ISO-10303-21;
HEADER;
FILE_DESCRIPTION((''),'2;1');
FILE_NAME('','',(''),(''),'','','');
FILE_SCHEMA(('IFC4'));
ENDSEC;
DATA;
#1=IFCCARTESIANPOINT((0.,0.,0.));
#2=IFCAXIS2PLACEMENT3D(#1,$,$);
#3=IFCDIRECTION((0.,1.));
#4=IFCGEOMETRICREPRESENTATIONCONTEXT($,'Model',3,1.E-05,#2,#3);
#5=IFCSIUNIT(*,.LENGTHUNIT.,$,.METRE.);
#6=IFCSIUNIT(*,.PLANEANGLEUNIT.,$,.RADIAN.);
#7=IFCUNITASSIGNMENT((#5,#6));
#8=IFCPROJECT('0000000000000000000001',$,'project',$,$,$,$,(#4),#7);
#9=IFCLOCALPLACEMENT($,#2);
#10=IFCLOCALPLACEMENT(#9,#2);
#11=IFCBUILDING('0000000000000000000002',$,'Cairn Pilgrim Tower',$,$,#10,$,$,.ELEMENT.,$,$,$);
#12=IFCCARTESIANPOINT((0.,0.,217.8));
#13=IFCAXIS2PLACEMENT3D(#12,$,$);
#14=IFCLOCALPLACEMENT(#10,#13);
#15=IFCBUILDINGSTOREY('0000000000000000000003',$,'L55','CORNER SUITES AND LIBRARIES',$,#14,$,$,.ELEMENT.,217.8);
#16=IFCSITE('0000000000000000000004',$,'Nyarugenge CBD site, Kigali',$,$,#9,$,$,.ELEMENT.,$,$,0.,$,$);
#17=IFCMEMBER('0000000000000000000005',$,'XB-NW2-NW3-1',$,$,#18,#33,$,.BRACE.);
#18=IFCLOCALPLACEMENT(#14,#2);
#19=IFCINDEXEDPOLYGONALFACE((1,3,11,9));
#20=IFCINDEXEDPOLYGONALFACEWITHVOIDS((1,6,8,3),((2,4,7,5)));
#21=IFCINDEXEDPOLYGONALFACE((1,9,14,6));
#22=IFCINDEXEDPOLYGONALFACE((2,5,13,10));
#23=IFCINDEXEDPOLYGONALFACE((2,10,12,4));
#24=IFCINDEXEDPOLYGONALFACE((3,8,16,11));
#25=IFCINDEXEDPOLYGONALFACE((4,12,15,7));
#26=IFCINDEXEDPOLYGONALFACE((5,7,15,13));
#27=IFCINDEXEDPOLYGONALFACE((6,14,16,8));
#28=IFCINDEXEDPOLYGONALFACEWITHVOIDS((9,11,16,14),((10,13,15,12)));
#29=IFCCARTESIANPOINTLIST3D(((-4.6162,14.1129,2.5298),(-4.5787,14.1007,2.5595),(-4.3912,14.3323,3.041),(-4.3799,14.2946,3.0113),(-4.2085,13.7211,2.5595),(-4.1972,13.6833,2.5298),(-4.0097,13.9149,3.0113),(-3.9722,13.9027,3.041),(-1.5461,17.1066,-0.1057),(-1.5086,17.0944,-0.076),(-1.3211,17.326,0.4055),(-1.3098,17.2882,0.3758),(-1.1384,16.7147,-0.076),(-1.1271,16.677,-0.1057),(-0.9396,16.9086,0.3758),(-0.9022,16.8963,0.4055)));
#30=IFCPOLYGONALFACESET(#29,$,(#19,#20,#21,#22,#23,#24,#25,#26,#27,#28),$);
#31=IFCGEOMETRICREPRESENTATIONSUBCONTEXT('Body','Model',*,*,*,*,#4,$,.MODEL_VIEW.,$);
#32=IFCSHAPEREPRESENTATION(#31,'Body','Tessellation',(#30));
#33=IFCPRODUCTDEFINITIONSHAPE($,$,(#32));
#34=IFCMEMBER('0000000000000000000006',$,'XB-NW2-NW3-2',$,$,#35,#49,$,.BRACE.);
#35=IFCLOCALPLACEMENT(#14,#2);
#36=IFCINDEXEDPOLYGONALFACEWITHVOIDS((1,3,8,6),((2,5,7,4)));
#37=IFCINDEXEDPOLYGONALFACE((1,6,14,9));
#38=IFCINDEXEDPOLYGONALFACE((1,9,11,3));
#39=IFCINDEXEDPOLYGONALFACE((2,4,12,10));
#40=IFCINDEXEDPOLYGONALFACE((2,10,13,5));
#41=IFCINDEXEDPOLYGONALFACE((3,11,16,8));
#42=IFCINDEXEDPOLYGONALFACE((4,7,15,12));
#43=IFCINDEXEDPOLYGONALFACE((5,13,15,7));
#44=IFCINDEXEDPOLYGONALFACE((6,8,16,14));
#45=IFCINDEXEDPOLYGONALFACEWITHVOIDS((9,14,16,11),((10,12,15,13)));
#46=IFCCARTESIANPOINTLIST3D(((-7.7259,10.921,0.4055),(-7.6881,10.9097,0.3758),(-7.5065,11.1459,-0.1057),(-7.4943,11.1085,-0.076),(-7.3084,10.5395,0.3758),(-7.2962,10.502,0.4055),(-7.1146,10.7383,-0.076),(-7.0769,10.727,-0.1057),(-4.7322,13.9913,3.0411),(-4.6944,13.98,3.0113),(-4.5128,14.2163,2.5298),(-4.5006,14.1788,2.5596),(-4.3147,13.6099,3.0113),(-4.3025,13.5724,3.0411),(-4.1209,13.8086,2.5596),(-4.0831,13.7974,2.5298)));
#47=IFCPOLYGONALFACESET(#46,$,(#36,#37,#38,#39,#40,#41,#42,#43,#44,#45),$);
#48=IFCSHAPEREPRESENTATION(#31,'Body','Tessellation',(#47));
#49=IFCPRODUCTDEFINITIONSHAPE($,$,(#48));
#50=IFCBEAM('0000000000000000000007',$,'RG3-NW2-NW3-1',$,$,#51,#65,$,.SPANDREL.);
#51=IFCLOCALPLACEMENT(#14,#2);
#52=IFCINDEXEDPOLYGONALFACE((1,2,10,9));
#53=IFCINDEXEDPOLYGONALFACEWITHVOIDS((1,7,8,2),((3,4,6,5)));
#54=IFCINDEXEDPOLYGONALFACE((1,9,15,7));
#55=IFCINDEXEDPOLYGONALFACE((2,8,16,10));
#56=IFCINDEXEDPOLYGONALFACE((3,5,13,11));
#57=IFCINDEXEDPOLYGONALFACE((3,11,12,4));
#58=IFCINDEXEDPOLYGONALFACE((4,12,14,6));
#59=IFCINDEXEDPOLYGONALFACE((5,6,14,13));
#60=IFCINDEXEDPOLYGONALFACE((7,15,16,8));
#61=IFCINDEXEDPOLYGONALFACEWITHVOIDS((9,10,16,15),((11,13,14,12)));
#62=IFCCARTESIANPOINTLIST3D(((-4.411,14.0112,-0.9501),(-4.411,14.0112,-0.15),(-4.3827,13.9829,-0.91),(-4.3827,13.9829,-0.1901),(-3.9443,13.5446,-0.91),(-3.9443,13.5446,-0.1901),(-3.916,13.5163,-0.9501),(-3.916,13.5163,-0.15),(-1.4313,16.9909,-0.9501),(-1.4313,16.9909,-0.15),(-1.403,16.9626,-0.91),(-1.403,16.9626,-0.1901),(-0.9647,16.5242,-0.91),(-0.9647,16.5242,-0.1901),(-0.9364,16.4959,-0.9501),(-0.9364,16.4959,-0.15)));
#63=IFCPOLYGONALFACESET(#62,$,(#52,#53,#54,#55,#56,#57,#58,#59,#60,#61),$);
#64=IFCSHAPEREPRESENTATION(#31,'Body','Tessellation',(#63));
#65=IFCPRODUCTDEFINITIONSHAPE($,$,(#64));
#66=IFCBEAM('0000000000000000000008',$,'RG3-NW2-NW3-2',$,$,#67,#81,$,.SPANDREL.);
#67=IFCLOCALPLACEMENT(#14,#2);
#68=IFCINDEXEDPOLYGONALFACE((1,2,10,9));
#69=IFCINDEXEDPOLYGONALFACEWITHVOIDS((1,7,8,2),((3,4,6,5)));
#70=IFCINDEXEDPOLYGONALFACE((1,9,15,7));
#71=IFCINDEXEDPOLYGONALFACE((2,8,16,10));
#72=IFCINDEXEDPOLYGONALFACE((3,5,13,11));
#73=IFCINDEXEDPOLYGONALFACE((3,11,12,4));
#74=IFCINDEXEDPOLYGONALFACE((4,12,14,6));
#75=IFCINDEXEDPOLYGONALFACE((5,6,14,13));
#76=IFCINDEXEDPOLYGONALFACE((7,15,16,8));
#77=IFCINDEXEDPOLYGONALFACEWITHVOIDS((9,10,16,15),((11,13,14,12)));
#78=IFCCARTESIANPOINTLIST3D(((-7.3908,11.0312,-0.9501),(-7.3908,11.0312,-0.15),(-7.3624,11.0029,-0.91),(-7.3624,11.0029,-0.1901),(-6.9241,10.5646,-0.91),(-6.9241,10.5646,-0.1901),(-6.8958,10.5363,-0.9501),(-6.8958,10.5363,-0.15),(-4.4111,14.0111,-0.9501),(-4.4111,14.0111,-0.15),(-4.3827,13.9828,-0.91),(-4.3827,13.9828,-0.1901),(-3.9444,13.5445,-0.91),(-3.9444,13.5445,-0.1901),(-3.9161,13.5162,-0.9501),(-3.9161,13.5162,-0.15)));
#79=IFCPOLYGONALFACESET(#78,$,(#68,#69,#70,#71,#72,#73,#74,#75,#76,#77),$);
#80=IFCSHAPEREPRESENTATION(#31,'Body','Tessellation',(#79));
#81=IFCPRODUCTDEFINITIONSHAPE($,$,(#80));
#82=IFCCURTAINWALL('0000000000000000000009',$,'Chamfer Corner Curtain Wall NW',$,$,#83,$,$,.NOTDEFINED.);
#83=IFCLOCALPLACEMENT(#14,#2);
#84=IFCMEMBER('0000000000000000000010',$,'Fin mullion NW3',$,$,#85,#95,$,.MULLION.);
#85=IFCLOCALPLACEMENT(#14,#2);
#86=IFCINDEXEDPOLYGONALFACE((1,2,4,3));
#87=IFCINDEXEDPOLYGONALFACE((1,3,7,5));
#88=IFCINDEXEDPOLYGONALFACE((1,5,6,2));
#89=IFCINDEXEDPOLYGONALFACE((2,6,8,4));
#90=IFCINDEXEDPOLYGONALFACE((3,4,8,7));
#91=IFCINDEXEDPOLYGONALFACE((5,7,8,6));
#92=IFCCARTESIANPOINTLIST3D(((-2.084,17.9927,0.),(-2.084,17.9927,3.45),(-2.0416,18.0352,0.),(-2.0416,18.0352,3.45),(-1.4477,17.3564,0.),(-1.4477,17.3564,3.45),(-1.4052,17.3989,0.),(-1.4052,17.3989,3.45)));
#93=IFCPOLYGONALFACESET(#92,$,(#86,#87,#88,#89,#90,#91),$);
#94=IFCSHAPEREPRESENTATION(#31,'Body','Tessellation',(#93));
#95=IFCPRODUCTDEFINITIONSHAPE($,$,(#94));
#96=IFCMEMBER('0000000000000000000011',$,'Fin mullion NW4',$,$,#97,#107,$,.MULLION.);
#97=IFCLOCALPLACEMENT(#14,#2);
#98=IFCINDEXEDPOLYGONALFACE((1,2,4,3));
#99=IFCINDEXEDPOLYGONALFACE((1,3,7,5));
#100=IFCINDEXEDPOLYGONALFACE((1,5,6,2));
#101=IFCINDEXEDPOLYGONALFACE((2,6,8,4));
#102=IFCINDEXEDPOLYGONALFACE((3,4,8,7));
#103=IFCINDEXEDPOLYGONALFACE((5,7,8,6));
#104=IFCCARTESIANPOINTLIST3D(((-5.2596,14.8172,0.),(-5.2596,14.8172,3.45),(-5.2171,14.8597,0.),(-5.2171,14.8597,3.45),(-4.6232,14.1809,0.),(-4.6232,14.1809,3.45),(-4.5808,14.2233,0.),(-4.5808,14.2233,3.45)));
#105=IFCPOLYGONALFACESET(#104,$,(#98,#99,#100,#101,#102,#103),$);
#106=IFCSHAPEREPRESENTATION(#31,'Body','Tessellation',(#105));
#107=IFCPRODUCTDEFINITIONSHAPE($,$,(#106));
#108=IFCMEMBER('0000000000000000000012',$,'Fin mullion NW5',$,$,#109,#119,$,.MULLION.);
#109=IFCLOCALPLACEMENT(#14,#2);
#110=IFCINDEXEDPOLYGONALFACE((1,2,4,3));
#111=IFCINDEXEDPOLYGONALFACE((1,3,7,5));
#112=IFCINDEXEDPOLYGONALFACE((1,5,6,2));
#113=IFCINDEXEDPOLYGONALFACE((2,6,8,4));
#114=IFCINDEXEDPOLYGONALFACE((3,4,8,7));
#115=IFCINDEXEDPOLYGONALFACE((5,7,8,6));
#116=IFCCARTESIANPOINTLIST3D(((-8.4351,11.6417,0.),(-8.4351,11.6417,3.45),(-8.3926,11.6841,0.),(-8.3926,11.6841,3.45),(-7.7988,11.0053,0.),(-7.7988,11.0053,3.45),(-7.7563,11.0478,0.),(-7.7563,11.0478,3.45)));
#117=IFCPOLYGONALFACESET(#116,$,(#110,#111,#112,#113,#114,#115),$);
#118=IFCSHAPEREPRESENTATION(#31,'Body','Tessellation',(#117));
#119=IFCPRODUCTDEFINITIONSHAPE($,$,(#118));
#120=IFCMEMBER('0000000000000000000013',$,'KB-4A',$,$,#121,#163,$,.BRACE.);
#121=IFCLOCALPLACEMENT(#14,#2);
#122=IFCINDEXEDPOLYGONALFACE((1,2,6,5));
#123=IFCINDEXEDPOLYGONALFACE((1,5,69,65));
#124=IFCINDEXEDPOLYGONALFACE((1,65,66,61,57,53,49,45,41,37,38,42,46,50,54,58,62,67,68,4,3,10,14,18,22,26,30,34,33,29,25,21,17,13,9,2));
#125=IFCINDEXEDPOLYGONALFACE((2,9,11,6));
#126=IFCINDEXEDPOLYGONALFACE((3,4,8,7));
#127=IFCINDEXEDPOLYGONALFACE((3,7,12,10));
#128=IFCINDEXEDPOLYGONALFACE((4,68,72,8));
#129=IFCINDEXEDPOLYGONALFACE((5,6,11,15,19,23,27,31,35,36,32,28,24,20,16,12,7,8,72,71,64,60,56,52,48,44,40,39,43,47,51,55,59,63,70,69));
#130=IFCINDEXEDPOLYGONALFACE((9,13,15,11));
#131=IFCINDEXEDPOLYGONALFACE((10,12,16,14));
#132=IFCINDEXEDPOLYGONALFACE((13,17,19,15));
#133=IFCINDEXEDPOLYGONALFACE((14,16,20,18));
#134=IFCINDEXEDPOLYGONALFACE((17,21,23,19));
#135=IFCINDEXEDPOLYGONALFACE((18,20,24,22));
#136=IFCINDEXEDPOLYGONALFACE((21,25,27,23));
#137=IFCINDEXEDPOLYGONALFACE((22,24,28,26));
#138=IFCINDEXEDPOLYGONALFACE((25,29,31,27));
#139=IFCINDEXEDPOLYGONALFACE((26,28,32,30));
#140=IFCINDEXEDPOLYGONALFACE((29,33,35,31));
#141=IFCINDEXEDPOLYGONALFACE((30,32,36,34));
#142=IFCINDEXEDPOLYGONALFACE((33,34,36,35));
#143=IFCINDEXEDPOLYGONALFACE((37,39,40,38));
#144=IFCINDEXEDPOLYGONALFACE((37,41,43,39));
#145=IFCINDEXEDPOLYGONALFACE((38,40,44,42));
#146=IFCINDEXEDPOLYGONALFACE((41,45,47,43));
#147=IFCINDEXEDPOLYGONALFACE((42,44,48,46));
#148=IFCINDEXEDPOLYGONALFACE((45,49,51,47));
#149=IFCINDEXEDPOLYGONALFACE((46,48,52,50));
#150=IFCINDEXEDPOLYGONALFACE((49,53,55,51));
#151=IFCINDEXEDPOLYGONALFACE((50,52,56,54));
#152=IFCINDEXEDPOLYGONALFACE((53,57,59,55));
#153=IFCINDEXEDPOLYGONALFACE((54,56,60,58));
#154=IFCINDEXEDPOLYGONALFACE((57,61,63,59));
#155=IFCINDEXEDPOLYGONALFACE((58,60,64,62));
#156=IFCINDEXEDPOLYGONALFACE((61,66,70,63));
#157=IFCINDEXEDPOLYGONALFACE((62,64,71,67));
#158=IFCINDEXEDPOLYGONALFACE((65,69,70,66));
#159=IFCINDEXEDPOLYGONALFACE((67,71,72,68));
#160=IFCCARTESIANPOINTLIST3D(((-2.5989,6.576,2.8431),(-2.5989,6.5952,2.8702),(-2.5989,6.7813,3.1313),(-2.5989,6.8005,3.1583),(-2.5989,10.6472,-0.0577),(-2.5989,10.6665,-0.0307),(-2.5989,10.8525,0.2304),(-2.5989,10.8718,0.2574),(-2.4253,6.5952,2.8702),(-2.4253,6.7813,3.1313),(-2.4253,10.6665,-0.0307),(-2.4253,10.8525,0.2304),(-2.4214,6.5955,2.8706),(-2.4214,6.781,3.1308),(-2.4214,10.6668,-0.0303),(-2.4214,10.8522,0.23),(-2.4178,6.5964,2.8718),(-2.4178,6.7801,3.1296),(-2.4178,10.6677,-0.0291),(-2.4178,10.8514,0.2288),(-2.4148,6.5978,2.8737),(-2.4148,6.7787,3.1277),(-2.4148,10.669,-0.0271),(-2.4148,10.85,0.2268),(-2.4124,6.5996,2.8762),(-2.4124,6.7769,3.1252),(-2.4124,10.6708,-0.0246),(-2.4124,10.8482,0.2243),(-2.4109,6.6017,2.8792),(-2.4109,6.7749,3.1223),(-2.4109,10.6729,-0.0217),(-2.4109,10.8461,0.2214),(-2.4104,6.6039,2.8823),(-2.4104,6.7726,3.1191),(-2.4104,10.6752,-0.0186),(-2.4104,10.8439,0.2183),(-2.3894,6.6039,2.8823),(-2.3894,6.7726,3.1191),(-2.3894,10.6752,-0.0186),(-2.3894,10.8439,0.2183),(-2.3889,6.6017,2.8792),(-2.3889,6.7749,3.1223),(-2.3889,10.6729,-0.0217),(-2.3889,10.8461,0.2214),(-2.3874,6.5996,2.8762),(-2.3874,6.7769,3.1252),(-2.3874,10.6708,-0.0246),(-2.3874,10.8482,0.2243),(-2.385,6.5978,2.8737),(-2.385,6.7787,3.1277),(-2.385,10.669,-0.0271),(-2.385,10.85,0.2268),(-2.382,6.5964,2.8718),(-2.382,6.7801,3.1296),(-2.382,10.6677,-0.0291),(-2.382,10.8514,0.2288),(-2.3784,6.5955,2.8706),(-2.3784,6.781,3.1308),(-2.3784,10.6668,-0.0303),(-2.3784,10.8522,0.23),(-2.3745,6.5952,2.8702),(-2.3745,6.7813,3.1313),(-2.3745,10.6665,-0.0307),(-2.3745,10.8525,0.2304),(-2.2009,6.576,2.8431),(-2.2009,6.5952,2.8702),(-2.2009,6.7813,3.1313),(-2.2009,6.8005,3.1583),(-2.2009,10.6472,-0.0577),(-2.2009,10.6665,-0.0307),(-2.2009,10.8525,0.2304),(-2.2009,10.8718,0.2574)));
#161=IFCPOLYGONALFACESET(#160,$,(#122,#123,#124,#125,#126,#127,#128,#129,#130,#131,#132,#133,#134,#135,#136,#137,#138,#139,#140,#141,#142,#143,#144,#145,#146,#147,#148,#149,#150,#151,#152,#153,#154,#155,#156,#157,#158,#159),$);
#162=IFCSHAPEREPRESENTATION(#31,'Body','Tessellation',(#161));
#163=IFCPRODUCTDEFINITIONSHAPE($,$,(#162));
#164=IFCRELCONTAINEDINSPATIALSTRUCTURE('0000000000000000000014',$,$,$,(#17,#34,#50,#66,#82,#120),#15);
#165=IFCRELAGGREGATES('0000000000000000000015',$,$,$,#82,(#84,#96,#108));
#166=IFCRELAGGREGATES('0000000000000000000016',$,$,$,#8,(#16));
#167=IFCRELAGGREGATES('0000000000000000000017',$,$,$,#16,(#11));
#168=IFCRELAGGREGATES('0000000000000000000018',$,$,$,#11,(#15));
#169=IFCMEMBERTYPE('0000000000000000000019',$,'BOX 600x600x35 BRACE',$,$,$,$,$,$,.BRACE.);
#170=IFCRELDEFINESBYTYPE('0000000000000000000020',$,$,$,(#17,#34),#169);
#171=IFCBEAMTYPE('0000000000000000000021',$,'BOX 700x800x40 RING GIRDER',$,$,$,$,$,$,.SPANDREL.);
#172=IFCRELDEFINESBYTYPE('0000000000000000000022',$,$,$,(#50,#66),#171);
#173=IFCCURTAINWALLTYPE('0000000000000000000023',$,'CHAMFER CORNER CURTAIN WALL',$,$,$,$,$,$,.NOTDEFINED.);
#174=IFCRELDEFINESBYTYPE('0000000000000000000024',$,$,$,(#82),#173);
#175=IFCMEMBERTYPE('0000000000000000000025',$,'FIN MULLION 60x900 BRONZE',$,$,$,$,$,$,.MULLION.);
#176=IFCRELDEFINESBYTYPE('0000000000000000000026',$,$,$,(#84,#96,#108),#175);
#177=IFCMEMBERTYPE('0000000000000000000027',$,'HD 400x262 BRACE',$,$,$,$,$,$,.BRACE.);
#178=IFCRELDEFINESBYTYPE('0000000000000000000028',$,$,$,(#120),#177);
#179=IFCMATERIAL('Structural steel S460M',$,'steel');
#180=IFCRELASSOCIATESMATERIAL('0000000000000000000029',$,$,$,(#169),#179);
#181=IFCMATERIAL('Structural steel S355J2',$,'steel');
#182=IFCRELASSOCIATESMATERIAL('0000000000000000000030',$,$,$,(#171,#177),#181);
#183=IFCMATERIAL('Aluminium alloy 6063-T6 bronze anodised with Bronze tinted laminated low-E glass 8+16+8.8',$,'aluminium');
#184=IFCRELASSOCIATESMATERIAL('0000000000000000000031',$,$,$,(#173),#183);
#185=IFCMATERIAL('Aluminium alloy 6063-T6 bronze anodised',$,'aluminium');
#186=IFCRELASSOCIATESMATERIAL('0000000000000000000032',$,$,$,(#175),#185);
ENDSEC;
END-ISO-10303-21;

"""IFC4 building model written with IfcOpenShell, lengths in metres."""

from ifc_helpers import new_model, si_unit, direction, frame, origin, origin_2d, place, context, subcontext, project, spatial, rectangle, hollow_rectangle, i_section, extrude, material, material_profile, profile_set, type_object, element, aggregate, save


model = new_model("IFC4")

# Units and contexts
model_context = context("Model", 3, precision=1e-05, world=origin(), true_north=direction((0.0, 1.0)))
body_context = subcontext(model_context, "Body", "Model", "MODEL_VIEW")
ifc_project = project(units=[si_unit("LENGTHUNIT", "METRE"), si_unit("PLANEANGLEUNIT", "RADIAN")], contexts=[model_context])

# Site, building, storey
site_placement = place(None, origin())
site = spatial("IfcSite", under=ifc_project, at=site_placement, Name="Nyarugenge CBD site, Kigali", CompositionType="ELEMENT", RefElevation=0.0)
building_placement = place(site_placement, origin())
building = spatial("IfcBuilding", under=site, at=building_placement, Name="Cairn Pilgrim Tower", CompositionType="ELEMENT")
storey_placement = place(building_placement, frame((0.0, 0.0, 217.8)))
storey = spatial("IfcBuildingStorey", under=building, at=storey_placement, Name="L55", Description="CORNER SUITES AND LIBRARIES", CompositionType="ELEMENT", Elevation=217.8)

# Shared definitions
ifc_material_1 = material(Name="Structural steel S355J2", Category="steel")
ifc_material_2 = material(Name="Structural steel S460M", Category="steel")

# Members
ifc_material_profile_1 = material_profile(ifc_material_2, hollow_rectangle(XDim=0.6001, YDim=0.6001, WallThickness=0.0349, at=origin_2d()), Name="BOX 600x600x35")
ifc_profile_set_1 = profile_set([ifc_material_profile_1], Name="Structural steel S460M")
member_type_1 = type_object("IfcMemberType", Name="BOX 600x600x35 BRACE", PredefinedType="BRACE", material=ifc_profile_set_1)
member_1_placement = place(storey_placement, frame((-1.2241, 17.0015, 0.1499), z_axis=(-0.609963, -0.594781, 0.523623), x_axis=(0.69814, -0.715961, 0.0)))
element("IfcMember", 1, at=member_1_placement, inside=storey, type_object=member_type_1, Name="XB-NW2-NW3-1", PredefinedType="BRACE", context=body_context, shape_type="SweptSolid", body=[
    extrude(hollow_rectangle(XDim=0.6001, YDim=0.6001, WallThickness=0.0349, at=origin_2d()), origin(), (0.0, 0.0, 1.0), 5.0332),
])
member_2_placement = place(storey_placement, frame((-7.4014, 10.824, 0.1499), z_axis=(0.594763, 0.609994, 0.523607), x_axis=(-0.715989, 0.698112, 0.0)))
element("IfcMember", 2, at=member_2_placement, inside=storey, type_object=member_type_1, Name="XB-NW2-NW3-2", PredefinedType="BRACE", context=body_context, shape_type="SweptSolid", body=[
    extrude(hollow_rectangle(XDim=0.6001, YDim=0.6001, WallThickness=0.0349, at=origin_2d()), origin(), (0.0, 0.0, 1.0), 5.0334),
])

# Beams
ifc_material_profile_2 = material_profile(ifc_material_1, hollow_rectangle(XDim=0.7, YDim=0.8, WallThickness=0.04, at=origin_2d()), Name="BOX 700x800x40")
ifc_profile_set_2 = profile_set([ifc_material_profile_2], Name="Structural steel S355J2")
beam_type_1 = type_object("IfcBeamType", Name="BOX 700x800x40 RING GIRDER", PredefinedType="SPANDREL", material=ifc_profile_set_2)
beam_1_placement = place(storey_placement, frame((-1.1838, 16.7434, -0.55), z_axis=(-0.707107, -0.707107, 0.0), x_axis=(0.707107, -0.707107, 0.0)))
element("IfcBeam", 3, at=beam_1_placement, inside=storey, type_object=beam_type_1, Name="RG3-NW2-NW3-1", PredefinedType="SPANDREL", context=body_context, shape_type="SweptSolid", body=[
    extrude(hollow_rectangle(XDim=0.7, YDim=0.8, WallThickness=0.04, at=origin_2d()), origin(), (0.0, 0.0, 1.0), 4.2139),
])
beam_2_placement = place(storey_placement, frame((-4.1636, 13.7637, -0.55), z_axis=(-0.707078, -0.707136, 0.0), x_axis=(0.707136, -0.707078, 0.0)))
element("IfcBeam", 4, at=beam_2_placement, inside=storey, type_object=beam_type_1, Name="RG3-NW2-NW3-2", PredefinedType="SPANDREL", context=body_context, shape_type="SweptSolid", body=[
    extrude(hollow_rectangle(XDim=0.7, YDim=0.8, WallThickness=0.04, at=origin_2d()), origin(), (0.0, 0.0, 1.0), 4.2141),
])

# Curtain wall, members
ifc_material_3 = material(Name="Aluminium alloy 6063-T6 bronze anodised with Bronze tinted laminated low-E glass 8+16+8.8", Category="aluminium")
curtain_wall_type = type_object("IfcCurtainWallType", Name="CHAMFER CORNER CURTAIN WALL", PredefinedType="NOTDEFINED", material=ifc_material_3)
curtain_wall_placement = place(storey_placement, origin())
curtain_wall = element("IfcCurtainWall", 5, at=curtain_wall_placement, inside=storey, type_object=curtain_wall_type, Name="Chamfer Corner Curtain Wall NW", PredefinedType="NOTDEFINED")
ifc_material_4 = material(Name="Aluminium alloy 6063-T6 bronze anodised", Category="aluminium")
ifc_material_profile_3 = material_profile(ifc_material_4, rectangle(XDim=0.8999, YDim=0.0601, at=origin_2d()), Name="FIN MULLION 60x900 BRONZE")
ifc_profile_set_3 = profile_set([ifc_material_profile_3], Name="Aluminium alloy 6063-T6 bronze anodised")
member_type_2 = type_object("IfcMemberType", Name="FIN MULLION 60x900 BRONZE", PredefinedType="MULLION", material=ifc_profile_set_3)
member_3_placement = place(storey_placement, frame((-1.7446, 17.6958, 0.0), z_axis=(0.0, 0.0, 1.0), x_axis=(-0.707107, 0.707107, 0.0)))
member_3 = element("IfcMember", 6, at=member_3_placement, type_object=member_type_2, Name="Fin mullion NW3", PredefinedType="MULLION", context=body_context, shape_type="SweptSolid", body=[
    extrude(rectangle(XDim=0.8999, YDim=0.0601, at=origin_2d()), origin(), (0.0, 0.0, 1.0), 3.45),
])
member_4_placement = place(storey_placement, frame((-4.9202, 14.5203, 0.0), z_axis=(0.0, 0.0, 1.0), x_axis=(-0.707107, 0.707107, 0.0)))
member_4 = element("IfcMember", 7, at=member_4_placement, type_object=member_type_2, Name="Fin mullion NW4", PredefinedType="MULLION", context=body_context, shape_type="SweptSolid", body=[
    extrude(rectangle(XDim=0.8999, YDim=0.0601, at=origin_2d()), origin(), (0.0, 0.0, 1.0), 3.45),
])
member_5_placement = place(storey_placement, frame((-8.0957, 11.3447, 0.0), z_axis=(0.0, 0.0, 1.0), x_axis=(-0.707107, 0.707107, 0.0)))
member_5 = element("IfcMember", 8, at=member_5_placement, type_object=member_type_2, Name="Fin mullion NW5", PredefinedType="MULLION", context=body_context, shape_type="SweptSolid", body=[
    extrude(rectangle(XDim=0.8999, YDim=0.0601, at=origin_2d()), origin(), (0.0, 0.0, 1.0), 3.45),
])

# Member
ifc_material_profile_4 = material_profile(ifc_material_1, i_section(OverallWidth=0.3979, OverallDepth=0.387, WebThickness=0.021, FlangeThickness=0.0332, FilletRadius=0.0149, at=origin_2d()), Name="HD 400x262")
ifc_profile_set_4 = profile_set([ifc_material_profile_4], Name="Structural steel S355J2")
member_type_3 = type_object("IfcMemberType", Name="HD 400x262 BRACE", PredefinedType="BRACE", material=ifc_profile_set_4)
member_6_placement = place(storey_placement, frame((-2.3999, 10.7595, 0.0999), z_axis=(0.0, -0.814413, 0.580286), x_axis=(1.0, 0.0, 0.0)))
element("IfcMember", 9, at=member_6_placement, inside=storey, type_object=member_type_3, Name="KB-4A", PredefinedType="BRACE", context=body_context, shape_type="SweptSolid", body=[
    extrude(i_section(OverallWidth=0.3979, OverallDepth=0.387, WebThickness=0.021, FlangeThickness=0.0332, FilletRadius=0.0149, at=origin_2d()), origin(), (0.0, 0.0, 1.0), 4.999),
])

aggregate(curtain_wall, [member_3, member_4, member_5])

save(model, "model.ifc")
